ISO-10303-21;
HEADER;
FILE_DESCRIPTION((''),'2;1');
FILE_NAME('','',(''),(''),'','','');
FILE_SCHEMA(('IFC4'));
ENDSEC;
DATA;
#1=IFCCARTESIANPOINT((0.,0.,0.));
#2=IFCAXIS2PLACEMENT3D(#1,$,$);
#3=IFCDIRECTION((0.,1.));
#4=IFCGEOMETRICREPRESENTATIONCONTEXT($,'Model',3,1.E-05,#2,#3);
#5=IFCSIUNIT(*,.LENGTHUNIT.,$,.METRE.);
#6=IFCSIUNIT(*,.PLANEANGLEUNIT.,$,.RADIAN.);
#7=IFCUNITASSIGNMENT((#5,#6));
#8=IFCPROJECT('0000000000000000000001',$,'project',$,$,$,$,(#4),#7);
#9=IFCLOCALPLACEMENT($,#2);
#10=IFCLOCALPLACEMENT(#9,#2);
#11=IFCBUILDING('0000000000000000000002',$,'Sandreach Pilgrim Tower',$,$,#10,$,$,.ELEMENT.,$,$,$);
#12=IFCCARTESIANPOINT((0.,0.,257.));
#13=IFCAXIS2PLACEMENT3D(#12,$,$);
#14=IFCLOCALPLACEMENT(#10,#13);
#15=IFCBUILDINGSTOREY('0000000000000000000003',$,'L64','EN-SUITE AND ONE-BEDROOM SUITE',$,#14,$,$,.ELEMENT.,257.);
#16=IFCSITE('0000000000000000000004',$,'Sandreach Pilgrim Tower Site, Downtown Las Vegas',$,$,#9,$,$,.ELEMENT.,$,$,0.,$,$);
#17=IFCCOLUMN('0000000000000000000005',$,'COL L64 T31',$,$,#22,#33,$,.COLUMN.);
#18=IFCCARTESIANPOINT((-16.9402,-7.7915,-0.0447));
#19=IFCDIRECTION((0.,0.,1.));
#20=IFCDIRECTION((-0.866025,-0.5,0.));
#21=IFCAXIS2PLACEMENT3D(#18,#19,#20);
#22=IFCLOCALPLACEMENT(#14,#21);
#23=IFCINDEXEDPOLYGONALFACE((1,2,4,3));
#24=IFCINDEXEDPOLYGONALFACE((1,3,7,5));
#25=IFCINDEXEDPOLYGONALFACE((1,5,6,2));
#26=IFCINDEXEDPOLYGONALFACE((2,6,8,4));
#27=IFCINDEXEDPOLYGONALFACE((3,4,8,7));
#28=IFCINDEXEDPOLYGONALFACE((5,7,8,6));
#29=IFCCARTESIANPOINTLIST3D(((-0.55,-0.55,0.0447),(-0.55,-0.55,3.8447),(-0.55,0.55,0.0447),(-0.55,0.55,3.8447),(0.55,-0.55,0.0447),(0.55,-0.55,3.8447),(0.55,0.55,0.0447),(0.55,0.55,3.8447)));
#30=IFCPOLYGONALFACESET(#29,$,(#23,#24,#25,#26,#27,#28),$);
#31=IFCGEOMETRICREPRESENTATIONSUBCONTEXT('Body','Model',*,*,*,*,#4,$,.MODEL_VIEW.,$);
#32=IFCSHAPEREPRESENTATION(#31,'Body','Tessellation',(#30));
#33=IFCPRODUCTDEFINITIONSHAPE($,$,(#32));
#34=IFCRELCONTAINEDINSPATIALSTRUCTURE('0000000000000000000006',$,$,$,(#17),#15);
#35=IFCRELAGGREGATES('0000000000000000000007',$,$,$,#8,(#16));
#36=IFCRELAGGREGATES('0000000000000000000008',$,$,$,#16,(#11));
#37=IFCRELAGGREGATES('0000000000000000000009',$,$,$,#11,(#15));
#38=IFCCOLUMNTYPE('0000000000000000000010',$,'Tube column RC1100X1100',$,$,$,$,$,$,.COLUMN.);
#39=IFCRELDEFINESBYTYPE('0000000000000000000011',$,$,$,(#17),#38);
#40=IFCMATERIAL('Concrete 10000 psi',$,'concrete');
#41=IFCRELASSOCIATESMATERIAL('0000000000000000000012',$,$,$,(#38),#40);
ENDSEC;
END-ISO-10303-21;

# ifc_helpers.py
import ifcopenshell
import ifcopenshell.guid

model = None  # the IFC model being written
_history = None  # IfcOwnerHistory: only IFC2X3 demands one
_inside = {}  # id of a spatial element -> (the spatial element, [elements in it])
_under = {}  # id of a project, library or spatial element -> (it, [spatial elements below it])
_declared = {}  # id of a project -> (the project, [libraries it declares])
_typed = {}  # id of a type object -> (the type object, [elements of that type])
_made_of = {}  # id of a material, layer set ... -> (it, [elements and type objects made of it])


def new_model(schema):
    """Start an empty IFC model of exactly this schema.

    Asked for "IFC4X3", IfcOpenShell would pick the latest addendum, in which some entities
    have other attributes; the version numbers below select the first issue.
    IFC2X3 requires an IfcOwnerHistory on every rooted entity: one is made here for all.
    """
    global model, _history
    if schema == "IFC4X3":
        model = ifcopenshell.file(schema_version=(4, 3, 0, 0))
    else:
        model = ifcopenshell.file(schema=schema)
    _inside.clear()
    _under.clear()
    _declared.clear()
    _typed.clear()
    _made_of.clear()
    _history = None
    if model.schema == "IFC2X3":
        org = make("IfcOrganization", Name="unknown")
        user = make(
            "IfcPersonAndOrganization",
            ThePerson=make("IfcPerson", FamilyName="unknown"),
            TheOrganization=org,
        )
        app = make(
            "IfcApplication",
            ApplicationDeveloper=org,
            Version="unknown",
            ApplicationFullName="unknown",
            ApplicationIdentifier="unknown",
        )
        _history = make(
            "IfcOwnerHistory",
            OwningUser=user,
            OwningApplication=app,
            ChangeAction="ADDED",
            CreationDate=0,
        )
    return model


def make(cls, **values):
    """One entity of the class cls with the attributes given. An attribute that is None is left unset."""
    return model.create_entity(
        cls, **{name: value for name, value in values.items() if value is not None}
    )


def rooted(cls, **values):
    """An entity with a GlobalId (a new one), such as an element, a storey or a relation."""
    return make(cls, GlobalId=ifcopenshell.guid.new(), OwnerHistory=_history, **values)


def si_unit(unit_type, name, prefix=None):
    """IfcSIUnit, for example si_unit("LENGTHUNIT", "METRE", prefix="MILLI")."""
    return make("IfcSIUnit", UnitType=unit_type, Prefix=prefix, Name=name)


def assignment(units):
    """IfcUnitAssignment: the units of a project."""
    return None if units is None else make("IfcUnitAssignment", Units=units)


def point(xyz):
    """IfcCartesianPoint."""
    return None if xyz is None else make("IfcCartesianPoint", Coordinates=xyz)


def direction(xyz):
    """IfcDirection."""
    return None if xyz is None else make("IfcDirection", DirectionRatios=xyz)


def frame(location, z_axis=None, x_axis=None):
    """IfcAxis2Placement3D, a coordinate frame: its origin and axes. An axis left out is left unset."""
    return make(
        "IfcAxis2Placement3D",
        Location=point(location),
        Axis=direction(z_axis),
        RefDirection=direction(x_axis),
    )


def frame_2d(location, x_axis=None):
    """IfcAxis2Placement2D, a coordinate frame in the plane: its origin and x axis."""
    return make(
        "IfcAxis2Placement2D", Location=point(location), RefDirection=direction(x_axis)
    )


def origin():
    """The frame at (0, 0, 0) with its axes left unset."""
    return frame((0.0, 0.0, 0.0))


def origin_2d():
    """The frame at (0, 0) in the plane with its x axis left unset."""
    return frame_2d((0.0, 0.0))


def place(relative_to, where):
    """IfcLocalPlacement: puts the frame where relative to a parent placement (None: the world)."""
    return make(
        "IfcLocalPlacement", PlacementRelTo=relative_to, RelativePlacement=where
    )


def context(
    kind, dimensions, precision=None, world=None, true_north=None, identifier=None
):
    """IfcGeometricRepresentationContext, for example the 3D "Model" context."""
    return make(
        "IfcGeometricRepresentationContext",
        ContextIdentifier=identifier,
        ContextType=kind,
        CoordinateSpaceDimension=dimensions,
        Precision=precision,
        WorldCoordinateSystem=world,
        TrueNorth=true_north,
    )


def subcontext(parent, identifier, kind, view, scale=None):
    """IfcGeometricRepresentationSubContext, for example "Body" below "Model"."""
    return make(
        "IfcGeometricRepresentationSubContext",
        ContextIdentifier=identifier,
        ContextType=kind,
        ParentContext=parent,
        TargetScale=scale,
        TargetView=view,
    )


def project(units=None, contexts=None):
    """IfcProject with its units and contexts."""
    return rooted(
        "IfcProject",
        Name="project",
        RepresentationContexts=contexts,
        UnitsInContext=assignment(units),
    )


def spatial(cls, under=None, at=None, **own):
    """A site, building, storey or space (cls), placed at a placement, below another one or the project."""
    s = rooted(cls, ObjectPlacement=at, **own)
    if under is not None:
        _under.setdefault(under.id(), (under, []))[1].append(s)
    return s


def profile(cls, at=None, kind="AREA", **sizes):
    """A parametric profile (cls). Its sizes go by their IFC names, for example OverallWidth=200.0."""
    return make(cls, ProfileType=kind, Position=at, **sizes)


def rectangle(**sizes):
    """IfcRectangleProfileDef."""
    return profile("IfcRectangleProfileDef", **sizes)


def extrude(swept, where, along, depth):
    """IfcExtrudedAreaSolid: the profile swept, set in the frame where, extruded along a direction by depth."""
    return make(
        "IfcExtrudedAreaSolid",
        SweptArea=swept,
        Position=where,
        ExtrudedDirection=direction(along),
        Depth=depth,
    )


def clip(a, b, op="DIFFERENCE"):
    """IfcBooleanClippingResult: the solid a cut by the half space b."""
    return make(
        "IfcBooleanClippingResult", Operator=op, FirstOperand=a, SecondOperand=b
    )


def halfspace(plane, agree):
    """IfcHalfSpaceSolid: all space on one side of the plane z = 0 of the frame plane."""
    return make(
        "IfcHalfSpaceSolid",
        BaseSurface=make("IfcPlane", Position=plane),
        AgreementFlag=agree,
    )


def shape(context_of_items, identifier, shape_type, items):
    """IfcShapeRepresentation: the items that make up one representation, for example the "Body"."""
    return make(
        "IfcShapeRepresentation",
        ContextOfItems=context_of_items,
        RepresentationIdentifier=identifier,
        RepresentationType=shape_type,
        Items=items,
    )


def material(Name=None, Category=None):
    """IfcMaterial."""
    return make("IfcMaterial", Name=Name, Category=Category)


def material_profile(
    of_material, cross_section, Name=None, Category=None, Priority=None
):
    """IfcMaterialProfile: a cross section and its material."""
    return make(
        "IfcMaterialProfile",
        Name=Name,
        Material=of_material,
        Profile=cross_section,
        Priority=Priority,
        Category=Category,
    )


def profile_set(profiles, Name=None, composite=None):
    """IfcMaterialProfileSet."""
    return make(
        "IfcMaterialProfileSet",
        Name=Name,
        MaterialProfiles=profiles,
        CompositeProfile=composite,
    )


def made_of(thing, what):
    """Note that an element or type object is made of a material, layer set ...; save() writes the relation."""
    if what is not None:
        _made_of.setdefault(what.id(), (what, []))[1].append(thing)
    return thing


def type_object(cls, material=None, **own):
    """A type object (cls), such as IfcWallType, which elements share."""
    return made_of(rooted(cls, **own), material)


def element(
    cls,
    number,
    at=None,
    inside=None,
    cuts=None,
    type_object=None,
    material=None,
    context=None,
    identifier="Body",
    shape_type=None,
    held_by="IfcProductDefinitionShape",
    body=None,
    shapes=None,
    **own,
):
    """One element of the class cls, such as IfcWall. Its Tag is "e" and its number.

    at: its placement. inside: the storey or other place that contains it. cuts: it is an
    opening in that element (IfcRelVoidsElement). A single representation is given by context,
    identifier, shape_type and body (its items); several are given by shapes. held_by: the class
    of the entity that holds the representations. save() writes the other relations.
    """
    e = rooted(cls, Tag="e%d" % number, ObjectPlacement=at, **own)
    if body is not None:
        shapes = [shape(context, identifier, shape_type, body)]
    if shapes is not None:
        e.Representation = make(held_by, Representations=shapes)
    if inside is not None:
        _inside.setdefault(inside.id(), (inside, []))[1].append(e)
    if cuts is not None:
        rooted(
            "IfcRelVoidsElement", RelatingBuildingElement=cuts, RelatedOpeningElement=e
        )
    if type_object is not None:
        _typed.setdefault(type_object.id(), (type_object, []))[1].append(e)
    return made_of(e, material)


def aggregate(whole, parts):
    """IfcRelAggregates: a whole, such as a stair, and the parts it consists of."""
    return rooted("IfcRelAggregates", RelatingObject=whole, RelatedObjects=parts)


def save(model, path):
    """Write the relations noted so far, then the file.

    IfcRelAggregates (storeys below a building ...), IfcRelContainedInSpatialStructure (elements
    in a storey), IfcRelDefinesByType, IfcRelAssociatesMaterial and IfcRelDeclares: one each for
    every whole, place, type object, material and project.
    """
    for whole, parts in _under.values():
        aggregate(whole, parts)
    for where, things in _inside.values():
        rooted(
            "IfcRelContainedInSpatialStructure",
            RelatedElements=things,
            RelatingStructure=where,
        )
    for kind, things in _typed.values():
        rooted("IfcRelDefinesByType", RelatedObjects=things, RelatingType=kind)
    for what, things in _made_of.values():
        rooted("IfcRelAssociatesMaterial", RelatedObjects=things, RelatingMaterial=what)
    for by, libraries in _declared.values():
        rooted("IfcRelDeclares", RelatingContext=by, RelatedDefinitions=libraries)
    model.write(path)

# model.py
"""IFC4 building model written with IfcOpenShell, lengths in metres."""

from ifc_helpers import new_model, si_unit, direction, frame, origin, origin_2d, place, context, subcontext, project, spatial, rectangle, extrude, clip, halfspace, material, material_profile, profile_set, type_object, element, save


model = new_model("IFC4")

# Units and contexts
model_context = context("Model", 3, precision=1e-05, world=origin(), true_north=direction((0.0, 1.0)))
body_context = subcontext(model_context, "Body", "Model", "MODEL_VIEW")
ifc_project = project(units=[si_unit("LENGTHUNIT", "METRE"), si_unit("PLANEANGLEUNIT", "RADIAN")], contexts=[model_context])

# Site, building, storey
site_placement = place(None, origin())
site = spatial("IfcSite", under=ifc_project, at=site_placement, Name="Sandreach Pilgrim Tower Site, Downtown Las Vegas", CompositionType="ELEMENT", RefElevation=0.0)
building_placement = place(site_placement, origin())
building = spatial("IfcBuilding", under=site, at=building_placement, Name="Sandreach Pilgrim Tower", CompositionType="ELEMENT")
storey_placement = place(building_placement, frame((0.0, 0.0, 257.0)))
storey = spatial("IfcBuildingStorey", under=building, at=storey_placement, Name="L64", Description="EN-SUITE AND ONE-BEDROOM SUITE", CompositionType="ELEMENT", Elevation=257.0)

# Column
ifc_material_1 = material(Name="Concrete 10000 psi", Category="concrete")
ifc_material_profile_1 = material_profile(ifc_material_1, rectangle(XDim=1.1001, YDim=1.1001, at=origin_2d()), Name="RC1100X1100")
ifc_profile_set_1 = profile_set([ifc_material_profile_1], Name="Concrete 10000 psi")
column_type = type_object("IfcColumnType", Name="Tube column RC1100X1100", PredefinedType="COLUMN", material=ifc_profile_set_1)
column_placement = place(storey_placement, frame((-16.9402, -7.7915, -0.0447), z_axis=(0.0, 0.0, 1.0), x_axis=(-0.866025, -0.5, 0.0)))
element("IfcColumn", 1, at=column_placement, inside=storey, type_object=column_type, Name="COL L64 T31", PredefinedType="COLUMN", context=body_context, shape_type="SweptSolid", body=[
    clip(extrude(rectangle(XDim=1.1001, YDim=1.1001, at=origin_2d()), origin(), (0.0, 0.0, 1.0), 3.8447), halfspace(frame((0.0, 0.0, 0.0447)), True)),
])

save(model, "model.ifc")
